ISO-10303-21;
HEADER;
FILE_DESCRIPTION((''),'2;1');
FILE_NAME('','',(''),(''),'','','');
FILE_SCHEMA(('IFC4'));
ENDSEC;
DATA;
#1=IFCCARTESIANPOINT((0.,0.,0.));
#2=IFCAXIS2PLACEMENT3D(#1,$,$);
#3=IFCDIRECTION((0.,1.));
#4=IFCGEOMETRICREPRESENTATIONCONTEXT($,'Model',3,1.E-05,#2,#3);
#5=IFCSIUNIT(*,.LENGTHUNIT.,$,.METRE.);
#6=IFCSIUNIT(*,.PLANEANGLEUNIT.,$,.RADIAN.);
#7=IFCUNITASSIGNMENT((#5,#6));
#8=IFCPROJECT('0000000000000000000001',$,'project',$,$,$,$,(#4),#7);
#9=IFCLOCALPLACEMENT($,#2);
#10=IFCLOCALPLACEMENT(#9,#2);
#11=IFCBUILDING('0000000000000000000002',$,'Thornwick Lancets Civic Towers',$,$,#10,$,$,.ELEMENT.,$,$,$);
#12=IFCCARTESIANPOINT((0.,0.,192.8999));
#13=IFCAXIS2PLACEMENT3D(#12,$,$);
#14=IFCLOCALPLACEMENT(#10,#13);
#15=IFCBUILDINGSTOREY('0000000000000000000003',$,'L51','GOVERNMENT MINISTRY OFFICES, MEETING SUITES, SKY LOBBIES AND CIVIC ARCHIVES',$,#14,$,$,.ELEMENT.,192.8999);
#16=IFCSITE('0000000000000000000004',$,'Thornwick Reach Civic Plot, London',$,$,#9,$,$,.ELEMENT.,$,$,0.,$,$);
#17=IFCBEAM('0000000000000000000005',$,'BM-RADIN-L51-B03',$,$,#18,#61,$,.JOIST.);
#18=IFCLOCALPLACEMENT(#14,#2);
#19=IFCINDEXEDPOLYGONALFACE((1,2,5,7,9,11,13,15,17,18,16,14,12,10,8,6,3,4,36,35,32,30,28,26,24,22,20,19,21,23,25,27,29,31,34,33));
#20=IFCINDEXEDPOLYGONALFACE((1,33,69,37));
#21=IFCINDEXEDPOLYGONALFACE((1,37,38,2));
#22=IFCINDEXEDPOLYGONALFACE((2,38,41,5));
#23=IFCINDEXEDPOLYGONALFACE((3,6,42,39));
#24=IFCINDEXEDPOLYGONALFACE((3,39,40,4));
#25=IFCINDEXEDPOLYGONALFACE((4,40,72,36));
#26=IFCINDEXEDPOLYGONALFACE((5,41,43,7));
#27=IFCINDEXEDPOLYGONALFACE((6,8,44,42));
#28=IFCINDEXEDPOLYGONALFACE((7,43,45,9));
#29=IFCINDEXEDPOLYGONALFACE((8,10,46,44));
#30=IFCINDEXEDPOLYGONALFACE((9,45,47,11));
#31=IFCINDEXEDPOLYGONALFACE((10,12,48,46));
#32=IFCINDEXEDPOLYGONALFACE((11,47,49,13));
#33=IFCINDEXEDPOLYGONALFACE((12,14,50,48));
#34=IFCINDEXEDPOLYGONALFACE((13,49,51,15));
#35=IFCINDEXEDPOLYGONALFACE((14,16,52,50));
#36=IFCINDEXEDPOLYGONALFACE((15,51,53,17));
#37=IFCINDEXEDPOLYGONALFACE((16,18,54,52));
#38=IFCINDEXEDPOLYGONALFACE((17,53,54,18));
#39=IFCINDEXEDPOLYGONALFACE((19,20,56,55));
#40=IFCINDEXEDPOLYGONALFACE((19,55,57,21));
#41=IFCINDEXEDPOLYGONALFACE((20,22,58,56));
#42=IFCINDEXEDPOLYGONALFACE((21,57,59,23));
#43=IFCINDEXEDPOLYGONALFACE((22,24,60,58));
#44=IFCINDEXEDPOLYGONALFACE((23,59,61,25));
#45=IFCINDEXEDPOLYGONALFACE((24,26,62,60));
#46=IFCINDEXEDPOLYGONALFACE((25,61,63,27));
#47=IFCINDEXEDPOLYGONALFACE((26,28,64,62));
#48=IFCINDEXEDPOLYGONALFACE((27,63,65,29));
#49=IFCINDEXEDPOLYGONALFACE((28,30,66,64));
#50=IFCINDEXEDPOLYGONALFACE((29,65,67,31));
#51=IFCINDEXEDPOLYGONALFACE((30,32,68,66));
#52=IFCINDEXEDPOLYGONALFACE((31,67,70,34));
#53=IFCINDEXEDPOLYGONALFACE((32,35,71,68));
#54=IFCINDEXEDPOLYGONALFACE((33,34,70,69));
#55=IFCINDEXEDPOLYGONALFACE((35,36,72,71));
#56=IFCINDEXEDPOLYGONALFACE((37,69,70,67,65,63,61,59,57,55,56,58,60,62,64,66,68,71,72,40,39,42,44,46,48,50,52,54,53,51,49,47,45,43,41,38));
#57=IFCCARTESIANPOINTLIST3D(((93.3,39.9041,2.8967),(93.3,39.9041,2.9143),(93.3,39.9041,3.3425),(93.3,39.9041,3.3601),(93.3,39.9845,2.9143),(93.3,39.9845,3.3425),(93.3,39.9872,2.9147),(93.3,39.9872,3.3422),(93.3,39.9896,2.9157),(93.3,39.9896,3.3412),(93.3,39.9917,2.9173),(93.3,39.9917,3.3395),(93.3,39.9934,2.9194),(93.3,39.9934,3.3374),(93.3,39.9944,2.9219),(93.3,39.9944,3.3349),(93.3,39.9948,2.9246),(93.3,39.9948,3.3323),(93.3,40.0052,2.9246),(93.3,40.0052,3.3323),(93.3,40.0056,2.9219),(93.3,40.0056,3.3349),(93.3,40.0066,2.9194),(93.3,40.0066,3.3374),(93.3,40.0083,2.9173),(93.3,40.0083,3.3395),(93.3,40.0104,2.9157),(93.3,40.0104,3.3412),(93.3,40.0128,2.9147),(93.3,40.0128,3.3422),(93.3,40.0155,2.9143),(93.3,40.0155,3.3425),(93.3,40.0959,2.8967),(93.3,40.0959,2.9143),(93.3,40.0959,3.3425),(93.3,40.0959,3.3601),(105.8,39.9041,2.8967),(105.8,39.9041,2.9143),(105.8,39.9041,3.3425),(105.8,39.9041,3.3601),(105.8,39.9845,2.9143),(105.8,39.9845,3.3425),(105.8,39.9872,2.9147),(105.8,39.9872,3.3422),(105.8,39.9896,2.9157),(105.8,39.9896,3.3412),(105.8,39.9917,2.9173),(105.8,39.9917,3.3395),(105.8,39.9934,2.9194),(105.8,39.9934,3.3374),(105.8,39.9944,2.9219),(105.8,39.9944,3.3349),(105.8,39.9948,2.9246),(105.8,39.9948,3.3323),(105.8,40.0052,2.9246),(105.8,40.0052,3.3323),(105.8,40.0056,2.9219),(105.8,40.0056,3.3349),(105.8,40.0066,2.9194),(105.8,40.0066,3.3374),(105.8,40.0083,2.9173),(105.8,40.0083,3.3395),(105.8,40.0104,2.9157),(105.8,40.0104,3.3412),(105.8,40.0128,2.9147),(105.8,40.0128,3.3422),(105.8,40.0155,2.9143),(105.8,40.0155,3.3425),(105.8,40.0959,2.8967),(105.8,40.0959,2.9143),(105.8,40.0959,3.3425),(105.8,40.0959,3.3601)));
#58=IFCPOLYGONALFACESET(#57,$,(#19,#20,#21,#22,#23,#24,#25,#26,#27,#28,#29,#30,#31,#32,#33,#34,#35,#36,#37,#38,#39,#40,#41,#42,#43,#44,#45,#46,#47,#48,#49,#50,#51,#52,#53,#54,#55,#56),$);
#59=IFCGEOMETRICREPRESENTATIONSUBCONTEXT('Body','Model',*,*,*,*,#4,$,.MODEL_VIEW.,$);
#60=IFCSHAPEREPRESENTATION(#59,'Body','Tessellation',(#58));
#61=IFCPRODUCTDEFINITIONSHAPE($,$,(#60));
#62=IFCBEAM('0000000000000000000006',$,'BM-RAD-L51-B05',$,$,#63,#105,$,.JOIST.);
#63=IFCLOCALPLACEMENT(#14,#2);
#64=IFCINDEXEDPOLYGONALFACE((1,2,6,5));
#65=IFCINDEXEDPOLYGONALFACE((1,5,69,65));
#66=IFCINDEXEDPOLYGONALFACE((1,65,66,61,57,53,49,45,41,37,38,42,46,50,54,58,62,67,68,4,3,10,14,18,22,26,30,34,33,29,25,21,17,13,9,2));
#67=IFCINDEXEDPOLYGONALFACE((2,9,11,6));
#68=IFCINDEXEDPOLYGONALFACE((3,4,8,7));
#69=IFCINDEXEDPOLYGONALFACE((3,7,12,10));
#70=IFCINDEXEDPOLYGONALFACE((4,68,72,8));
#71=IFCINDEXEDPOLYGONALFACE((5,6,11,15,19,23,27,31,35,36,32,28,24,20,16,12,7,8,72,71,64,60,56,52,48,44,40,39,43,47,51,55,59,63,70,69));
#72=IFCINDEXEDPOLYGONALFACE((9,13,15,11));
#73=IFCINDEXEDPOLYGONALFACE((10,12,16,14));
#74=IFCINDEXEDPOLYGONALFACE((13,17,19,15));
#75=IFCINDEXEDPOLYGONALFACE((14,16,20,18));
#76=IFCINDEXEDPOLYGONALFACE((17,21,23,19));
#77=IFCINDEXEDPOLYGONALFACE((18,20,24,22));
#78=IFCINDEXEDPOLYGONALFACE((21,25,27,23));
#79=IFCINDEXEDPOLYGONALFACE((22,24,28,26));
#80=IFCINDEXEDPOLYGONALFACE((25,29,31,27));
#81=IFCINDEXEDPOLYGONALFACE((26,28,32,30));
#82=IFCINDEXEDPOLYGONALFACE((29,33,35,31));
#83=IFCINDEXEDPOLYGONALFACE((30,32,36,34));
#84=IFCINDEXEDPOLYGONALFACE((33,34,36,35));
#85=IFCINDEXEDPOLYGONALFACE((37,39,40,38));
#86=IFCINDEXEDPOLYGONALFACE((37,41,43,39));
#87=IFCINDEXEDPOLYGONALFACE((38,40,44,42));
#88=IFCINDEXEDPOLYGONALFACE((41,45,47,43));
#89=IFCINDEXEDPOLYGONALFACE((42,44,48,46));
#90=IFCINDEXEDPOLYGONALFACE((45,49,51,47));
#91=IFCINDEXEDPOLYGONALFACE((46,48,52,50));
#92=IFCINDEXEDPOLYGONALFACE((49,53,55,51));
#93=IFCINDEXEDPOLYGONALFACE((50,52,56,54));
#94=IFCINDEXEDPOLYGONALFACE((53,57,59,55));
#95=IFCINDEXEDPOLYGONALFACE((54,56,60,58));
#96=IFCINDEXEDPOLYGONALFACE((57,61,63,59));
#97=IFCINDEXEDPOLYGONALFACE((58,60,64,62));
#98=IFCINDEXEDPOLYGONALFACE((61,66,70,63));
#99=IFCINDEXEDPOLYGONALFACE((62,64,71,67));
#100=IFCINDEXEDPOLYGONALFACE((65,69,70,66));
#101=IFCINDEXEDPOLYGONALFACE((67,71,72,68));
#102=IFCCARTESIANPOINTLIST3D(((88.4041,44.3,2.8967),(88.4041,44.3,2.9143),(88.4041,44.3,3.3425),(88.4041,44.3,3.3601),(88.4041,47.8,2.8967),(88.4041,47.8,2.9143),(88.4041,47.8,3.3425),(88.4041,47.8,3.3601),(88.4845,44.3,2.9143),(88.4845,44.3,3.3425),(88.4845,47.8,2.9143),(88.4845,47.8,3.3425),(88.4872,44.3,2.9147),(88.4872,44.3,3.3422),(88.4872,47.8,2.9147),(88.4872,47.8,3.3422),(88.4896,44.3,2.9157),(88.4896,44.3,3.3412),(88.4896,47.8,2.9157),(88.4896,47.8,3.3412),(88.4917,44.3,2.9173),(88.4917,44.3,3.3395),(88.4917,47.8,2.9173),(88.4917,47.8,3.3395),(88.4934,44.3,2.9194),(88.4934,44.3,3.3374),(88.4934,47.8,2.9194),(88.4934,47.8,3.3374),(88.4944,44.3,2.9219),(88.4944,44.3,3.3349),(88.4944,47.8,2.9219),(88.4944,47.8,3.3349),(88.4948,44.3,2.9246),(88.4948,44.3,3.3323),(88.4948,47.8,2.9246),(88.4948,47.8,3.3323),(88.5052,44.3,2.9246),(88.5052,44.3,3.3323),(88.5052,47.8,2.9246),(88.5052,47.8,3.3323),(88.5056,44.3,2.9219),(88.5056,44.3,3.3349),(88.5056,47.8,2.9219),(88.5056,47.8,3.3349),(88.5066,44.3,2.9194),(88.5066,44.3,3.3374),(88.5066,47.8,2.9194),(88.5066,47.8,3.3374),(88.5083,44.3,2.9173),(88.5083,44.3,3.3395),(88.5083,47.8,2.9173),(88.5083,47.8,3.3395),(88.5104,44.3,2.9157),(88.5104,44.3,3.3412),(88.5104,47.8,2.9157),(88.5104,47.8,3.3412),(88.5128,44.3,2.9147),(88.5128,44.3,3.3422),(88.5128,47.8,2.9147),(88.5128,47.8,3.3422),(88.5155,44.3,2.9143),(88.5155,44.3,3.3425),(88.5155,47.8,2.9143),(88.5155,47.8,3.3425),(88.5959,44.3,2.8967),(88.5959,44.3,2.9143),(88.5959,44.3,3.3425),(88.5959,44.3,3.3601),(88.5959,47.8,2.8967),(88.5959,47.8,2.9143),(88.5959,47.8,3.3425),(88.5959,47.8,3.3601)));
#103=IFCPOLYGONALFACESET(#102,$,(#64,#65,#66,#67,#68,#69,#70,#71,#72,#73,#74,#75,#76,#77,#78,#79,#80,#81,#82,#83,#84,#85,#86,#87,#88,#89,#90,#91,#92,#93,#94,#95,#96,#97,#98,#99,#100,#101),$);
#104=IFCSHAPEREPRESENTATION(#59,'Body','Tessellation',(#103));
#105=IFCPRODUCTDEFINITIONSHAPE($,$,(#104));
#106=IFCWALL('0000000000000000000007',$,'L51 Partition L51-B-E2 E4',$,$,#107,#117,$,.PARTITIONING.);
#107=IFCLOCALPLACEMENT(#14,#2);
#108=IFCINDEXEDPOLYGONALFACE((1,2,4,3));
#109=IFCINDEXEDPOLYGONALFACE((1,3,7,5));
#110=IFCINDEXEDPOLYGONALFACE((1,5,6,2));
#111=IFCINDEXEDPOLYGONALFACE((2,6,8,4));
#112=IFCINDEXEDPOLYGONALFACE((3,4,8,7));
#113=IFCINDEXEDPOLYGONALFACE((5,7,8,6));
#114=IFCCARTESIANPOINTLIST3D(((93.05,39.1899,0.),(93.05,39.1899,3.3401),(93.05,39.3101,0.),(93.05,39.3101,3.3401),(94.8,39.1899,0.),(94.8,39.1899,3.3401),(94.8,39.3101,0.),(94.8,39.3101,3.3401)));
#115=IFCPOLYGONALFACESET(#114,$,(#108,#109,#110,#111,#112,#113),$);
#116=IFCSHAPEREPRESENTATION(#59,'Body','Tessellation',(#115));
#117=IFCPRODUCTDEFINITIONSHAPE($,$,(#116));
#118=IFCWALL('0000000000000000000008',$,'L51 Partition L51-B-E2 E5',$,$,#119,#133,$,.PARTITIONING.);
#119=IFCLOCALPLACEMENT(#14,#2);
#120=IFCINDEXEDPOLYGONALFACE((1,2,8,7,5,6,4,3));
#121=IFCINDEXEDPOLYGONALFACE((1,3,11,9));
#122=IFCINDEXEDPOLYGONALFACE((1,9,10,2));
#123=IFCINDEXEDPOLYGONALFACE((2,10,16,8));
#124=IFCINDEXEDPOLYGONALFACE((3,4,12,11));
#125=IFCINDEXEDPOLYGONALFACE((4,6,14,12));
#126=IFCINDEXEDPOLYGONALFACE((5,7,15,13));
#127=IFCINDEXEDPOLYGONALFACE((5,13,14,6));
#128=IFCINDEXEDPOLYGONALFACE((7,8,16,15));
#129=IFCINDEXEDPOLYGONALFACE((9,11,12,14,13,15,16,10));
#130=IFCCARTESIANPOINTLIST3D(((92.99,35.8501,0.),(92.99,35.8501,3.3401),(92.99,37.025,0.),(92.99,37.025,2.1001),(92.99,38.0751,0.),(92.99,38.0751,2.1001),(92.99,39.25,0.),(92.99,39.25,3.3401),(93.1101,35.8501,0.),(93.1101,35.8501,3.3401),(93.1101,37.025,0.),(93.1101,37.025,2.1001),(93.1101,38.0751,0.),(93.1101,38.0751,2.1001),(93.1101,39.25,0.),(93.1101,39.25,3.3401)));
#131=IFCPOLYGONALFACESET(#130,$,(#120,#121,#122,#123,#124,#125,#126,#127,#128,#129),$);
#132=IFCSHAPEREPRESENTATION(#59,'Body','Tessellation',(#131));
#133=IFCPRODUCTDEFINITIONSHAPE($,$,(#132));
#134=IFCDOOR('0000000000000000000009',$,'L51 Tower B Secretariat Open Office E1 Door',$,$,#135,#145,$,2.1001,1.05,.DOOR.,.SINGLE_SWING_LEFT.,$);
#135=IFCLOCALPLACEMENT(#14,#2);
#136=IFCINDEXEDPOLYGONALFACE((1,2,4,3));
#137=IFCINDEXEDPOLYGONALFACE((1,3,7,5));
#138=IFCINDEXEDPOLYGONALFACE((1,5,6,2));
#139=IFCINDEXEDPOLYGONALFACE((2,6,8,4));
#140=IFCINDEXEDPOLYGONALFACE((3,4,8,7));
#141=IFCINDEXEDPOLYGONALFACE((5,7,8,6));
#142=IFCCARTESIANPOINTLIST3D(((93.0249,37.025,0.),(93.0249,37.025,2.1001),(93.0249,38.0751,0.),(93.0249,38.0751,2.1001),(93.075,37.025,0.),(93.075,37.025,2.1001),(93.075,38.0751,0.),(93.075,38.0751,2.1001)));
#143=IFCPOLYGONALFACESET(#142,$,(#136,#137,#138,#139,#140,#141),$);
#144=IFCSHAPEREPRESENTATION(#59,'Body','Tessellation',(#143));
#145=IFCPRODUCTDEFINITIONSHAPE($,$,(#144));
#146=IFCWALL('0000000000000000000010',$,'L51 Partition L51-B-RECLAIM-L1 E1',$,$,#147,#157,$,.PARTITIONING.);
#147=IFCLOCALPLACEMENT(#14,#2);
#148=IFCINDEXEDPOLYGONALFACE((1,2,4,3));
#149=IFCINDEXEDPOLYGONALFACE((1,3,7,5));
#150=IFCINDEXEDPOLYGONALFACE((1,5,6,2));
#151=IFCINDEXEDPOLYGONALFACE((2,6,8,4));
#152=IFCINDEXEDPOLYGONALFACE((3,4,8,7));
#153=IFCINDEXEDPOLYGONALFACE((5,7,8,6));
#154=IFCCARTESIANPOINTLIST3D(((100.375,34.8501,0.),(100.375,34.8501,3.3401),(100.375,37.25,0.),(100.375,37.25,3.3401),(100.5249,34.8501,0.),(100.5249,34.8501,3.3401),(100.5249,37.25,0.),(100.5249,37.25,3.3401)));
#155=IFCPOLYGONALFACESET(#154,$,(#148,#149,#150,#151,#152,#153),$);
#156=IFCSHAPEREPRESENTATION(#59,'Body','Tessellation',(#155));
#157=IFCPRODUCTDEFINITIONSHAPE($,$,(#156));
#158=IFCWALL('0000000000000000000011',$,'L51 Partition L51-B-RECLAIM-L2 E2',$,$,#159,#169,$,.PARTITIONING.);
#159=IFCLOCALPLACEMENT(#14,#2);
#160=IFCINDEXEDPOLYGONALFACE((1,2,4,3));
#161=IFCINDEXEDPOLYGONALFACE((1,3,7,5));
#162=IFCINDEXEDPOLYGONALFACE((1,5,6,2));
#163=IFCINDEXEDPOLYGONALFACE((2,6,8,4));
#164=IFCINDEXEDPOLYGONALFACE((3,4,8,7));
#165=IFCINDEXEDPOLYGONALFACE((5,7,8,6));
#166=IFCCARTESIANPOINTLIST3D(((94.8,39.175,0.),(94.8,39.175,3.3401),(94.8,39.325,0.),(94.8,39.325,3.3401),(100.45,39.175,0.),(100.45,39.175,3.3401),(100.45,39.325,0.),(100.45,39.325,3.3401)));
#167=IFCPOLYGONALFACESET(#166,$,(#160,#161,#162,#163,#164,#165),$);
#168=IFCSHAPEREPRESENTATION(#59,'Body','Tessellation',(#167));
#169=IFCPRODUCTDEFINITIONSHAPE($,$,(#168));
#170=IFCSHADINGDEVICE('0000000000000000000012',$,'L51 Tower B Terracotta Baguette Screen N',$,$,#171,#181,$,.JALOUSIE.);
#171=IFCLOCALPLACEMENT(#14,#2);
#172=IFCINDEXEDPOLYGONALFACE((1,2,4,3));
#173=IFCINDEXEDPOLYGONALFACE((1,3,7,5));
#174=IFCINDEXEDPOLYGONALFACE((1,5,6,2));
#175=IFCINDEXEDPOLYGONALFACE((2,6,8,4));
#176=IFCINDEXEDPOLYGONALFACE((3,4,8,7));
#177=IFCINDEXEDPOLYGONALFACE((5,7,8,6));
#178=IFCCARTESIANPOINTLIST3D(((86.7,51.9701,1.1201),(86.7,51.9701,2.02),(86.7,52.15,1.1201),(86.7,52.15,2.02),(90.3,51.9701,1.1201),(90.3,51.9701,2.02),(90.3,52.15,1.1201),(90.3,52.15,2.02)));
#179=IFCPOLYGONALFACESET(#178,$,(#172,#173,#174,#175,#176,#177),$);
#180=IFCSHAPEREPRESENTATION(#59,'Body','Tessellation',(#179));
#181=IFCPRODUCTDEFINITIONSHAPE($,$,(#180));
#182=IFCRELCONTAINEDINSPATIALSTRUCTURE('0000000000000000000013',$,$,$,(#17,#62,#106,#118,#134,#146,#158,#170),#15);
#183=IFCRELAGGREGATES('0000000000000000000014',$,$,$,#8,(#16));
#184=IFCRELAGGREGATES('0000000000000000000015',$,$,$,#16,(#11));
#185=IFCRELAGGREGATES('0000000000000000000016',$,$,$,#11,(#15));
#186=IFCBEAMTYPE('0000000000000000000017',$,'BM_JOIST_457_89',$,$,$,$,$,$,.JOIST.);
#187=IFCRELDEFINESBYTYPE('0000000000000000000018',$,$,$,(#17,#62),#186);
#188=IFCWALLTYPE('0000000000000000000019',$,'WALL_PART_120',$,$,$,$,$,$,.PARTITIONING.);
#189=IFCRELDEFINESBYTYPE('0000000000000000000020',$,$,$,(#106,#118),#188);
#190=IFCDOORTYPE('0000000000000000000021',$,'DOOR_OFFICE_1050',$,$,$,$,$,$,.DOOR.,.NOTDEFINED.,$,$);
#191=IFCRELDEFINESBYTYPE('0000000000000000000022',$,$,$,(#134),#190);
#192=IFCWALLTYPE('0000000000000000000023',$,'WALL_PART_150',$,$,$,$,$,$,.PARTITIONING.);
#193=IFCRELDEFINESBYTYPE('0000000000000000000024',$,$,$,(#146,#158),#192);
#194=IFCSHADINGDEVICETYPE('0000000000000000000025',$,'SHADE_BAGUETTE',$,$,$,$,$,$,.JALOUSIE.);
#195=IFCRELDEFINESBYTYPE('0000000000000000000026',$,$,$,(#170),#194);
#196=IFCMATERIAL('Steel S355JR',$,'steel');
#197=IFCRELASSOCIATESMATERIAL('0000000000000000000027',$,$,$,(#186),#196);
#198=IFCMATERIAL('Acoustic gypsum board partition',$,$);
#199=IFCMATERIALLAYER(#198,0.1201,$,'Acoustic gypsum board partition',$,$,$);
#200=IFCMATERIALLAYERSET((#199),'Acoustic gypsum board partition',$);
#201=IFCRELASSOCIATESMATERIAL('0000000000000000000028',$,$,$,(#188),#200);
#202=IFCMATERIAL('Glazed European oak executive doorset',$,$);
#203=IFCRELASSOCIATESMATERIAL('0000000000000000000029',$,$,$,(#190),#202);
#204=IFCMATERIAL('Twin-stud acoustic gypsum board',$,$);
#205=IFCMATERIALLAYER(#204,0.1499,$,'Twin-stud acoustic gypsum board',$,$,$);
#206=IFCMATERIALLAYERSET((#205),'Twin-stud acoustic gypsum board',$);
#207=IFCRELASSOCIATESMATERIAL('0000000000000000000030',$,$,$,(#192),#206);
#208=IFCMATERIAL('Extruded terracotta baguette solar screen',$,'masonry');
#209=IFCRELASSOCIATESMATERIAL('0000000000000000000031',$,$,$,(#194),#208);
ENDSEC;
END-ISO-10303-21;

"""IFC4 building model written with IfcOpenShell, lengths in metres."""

from ifc_helpers import new_model, si_unit, direction, frame, frame_2d, origin, origin_2d, place, context, subcontext, project, spatial, rectangle, i_section, extrude, material, layer, layer_set, material_profile, profile_set, type_object, element, fill, save


model = new_model("IFC4")

# Units and contexts
model_context = context("Model", 3, precision=1e-05, world=origin(), true_north=direction((0.0, 1.0)))
body_context = subcontext(model_context, "Body", "Model", "MODEL_VIEW")
ifc_project = project(units=[si_unit("LENGTHUNIT", "METRE"), si_unit("PLANEANGLEUNIT", "RADIAN")], contexts=[model_context])

# Site, building, storey
site_placement = place(None, origin())
site = spatial("IfcSite", under=ifc_project, at=site_placement, Name="Thornwick Reach Civic Plot, London", CompositionType="ELEMENT", RefElevation=0.0)
building_placement = place(site_placement, origin())
building = spatial("IfcBuilding", under=site, at=building_placement, Name="Thornwick Lancets Civic Towers", CompositionType="ELEMENT")
storey_placement = place(building_placement, frame((0.0, 0.0, 192.8999)))
storey = spatial("IfcBuildingStorey", under=building, at=storey_placement, Name="L51", Description="GOVERNMENT MINISTRY OFFICES, MEETING SUITES, SKY LOBBIES AND CIVIC ARCHIVES", CompositionType="ELEMENT", Elevation=192.8999)

# Beams
ifc_material_1 = material(Name="Steel S355JR", Category="steel")
ifc_material_profile_1 = material_profile(ifc_material_1, i_section(OverallWidth=0.1919, OverallDepth=0.4634, WebThickness=0.0105, FlangeThickness=0.0176, FilletRadius=0.0103, at=origin_2d()), Name="UKB 457x191x89")
ifc_profile_set_1 = profile_set([ifc_material_profile_1], Name="Steel S355JR")
beam_type_1 = type_object("IfcBeamType", Name="BM_JOIST_457_89", PredefinedType="JOIST", material=ifc_profile_set_1)
beam_1_placement = place(storey_placement, frame((93.3, 40.0, 3.1284), z_axis=(1.0, 0.0, 0.0), x_axis=(0.0, 1.0, 0.0)))
element("IfcBeam", 1, at=beam_1_placement, inside=storey, type_object=beam_type_1, Name="BM-RADIN-L51-B03", PredefinedType="JOIST", context=body_context, shape_type="SweptSolid", body=[
    extrude(i_section(OverallWidth=0.1919, OverallDepth=0.4634, WebThickness=0.0105, FlangeThickness=0.0176, FilletRadius=0.0103, at=origin_2d()), origin(), (0.0, 0.0, 1.0), 12.5),
])
beam_2_placement = place(storey_placement, frame((88.5, 44.3, 3.1284), z_axis=(0.0, 1.0, 0.0), x_axis=(-1.0, 0.0, 0.0)))
element("IfcBeam", 2, at=beam_2_placement, inside=storey, type_object=beam_type_1, Name="BM-RAD-L51-B05", PredefinedType="JOIST", context=body_context, shape_type="SweptSolid", body=[
    extrude(i_section(OverallWidth=0.1919, OverallDepth=0.4634, WebThickness=0.0105, FlangeThickness=0.0176, FilletRadius=0.0103, at=origin_2d()), origin(), (0.0, 0.0, 1.0), 3.5),
])

# Wall
ifc_material_2 = material(Name="Acoustic gypsum board partition")
ifc_layer_1 = layer(ifc_material_2, 0.1201, Name="Acoustic gypsum board partition")
ifc_layer_set_1 = layer_set([ifc_layer_1], Name="Acoustic gypsum board partition")
wall_type_1 = type_object("IfcWallType", Name="WALL_PART_120", PredefinedType="PARTITIONING", material=ifc_layer_set_1)
wall_1_placement = place(storey_placement, frame((94.8, 39.25, 0.0), z_axis=(0.0, 0.0, 1.0), x_axis=(-1.0, 0.0, 0.0)))
element("IfcWall", 3, at=wall_1_placement, inside=storey, type_object=wall_type_1, Name="L51 Partition L51-B-E2 E4", PredefinedType="PARTITIONING", context=body_context, shape_type="SweptSolid", body=[
    extrude(rectangle(XDim=1.75, YDim=0.1201, at=frame_2d((0.875, 0.0))), origin(), (0.0, 0.0, 1.0), 3.3401),
])

# Wall, opening, door
wall_2_placement = place(storey_placement, frame((93.05, 39.25, 0.0), z_axis=(0.0, 0.0, 1.0), x_axis=(0.0, -1.0, 0.0)))
wall_2 = element("IfcWall", 4, at=wall_2_placement, inside=storey, type_object=wall_type_1, Name="L51 Partition L51-B-E2 E5", PredefinedType="PARTITIONING", context=body_context, shape_type="SweptSolid", body=[
    extrude(rectangle(XDim=3.3999, YDim=0.1201, at=frame_2d((1.7, 0.0))), origin(), (0.0, 0.0, 1.0), 3.3401),
])
opening_1_placement = place(wall_2_placement, frame((1.175, 0.0, 0.0)))
opening_1 = element("IfcOpeningElement", 5, at=opening_1_placement, cuts=wall_2, PredefinedType="OPENING", context=body_context, shape_type="SweptSolid", body=[
    extrude(rectangle(XDim=1.05, YDim=2.1001, at=frame_2d((0.5249, 1.05))), frame((0.0, 0.0701, 0.0), z_axis=(0.0, -1.0, 0.0), x_axis=(1.0, 0.0, 0.0)), (0.0, 0.0, 1.0), 0.1401),
])
ifc_material_3 = material(Name="Glazed European oak executive doorset")
door_type_1 = type_object("IfcDoorType", Name="DOOR_OFFICE_1050", OperationType="NOTDEFINED", PredefinedType="DOOR", material=ifc_material_3)
door_1_placement = place(opening_1_placement, origin())
door_1 = element("IfcDoor", 6, at=door_1_placement, inside=storey, type_object=door_type_1, Name="L51 Tower B Secretariat Open Office E1 Door", OperationType="SINGLE_SWING_LEFT", OverallHeight=2.1001, OverallWidth=1.05, PredefinedType="DOOR", context=body_context, shape_type="SweptSolid", body=[
    extrude(rectangle(XDim=1.05, YDim=2.1001, at=frame_2d((0.5249, 1.05))), frame((0.0, 0.0249, 0.0), z_axis=(0.0, -1.0, 0.0), x_axis=(1.0, 0.0, 0.0)), (0.0, 0.0, 1.0), 0.05),
])
fill(opening_1, door_1)

# Wall
ifc_material_4 = material(Name="Twin-stud acoustic gypsum board")
ifc_layer_2 = layer(ifc_material_4, 0.1499, Name="Twin-stud acoustic gypsum board")
ifc_layer_set_2 = layer_set([ifc_layer_2], Name="Twin-stud acoustic gypsum board")
wall_type_2 = type_object("IfcWallType", Name="WALL_PART_150", PredefinedType="PARTITIONING", material=ifc_layer_set_2)
wall_3_placement = place(storey_placement, frame((100.45, 37.25, 0.0), z_axis=(0.0, 0.0, 1.0), x_axis=(0.0, -1.0, 0.0)))
element("IfcWall", 7, at=wall_3_placement, inside=storey, type_object=wall_type_2, Name="L51 Partition L51-B-RECLAIM-L1 E1", PredefinedType="PARTITIONING", context=body_context, shape_type="SweptSolid", body=[
    extrude(rectangle(XDim=2.3999, YDim=0.1499, at=frame_2d((1.2, 0.0))), origin(), (0.0, 0.0, 1.0), 3.3401),
])

# Wall
wall_4_placement = place(storey_placement, frame((94.8, 39.25, 0.0), z_axis=(0.0, 0.0, 1.0), x_axis=(1.0, 0.0, 0.0)))
element("IfcWall", 8, at=wall_4_placement, inside=storey, type_object=wall_type_2, Name="L51 Partition L51-B-RECLAIM-L2 E2", PredefinedType="PARTITIONING", context=body_context, shape_type="SweptSolid", body=[
    extrude(rectangle(XDim=5.6499, YDim=0.1499, at=frame_2d((2.825, 0.0))), origin(), (0.0, 0.0, 1.0), 3.3401),
])

# Shading device
ifc_material_5 = material(Name="Extruded terracotta baguette solar screen", Category="masonry")
shading_device_type = type_object("IfcShadingDeviceType", Name="SHADE_BAGUETTE", PredefinedType="JALOUSIE", material=ifc_material_5)
shading_device_placement = place(storey_placement, frame((88.5, 52.0601, 1.1201), z_axis=(0.0, 0.0, 1.0), x_axis=(1.0, 0.0, 0.0)))
element("IfcShadingDevice", 9, at=shading_device_placement, inside=storey, type_object=shading_device_type, Name="L51 Tower B Terracotta Baguette Screen N", PredefinedType="JALOUSIE", context=body_context, shape_type="SweptSolid", body=[
    extrude(rectangle(XDim=3.6001, YDim=0.1799, at=origin_2d()), origin(), (0.0, 0.0, 1.0), 0.8999),
])

save(model, "model.ifc")
